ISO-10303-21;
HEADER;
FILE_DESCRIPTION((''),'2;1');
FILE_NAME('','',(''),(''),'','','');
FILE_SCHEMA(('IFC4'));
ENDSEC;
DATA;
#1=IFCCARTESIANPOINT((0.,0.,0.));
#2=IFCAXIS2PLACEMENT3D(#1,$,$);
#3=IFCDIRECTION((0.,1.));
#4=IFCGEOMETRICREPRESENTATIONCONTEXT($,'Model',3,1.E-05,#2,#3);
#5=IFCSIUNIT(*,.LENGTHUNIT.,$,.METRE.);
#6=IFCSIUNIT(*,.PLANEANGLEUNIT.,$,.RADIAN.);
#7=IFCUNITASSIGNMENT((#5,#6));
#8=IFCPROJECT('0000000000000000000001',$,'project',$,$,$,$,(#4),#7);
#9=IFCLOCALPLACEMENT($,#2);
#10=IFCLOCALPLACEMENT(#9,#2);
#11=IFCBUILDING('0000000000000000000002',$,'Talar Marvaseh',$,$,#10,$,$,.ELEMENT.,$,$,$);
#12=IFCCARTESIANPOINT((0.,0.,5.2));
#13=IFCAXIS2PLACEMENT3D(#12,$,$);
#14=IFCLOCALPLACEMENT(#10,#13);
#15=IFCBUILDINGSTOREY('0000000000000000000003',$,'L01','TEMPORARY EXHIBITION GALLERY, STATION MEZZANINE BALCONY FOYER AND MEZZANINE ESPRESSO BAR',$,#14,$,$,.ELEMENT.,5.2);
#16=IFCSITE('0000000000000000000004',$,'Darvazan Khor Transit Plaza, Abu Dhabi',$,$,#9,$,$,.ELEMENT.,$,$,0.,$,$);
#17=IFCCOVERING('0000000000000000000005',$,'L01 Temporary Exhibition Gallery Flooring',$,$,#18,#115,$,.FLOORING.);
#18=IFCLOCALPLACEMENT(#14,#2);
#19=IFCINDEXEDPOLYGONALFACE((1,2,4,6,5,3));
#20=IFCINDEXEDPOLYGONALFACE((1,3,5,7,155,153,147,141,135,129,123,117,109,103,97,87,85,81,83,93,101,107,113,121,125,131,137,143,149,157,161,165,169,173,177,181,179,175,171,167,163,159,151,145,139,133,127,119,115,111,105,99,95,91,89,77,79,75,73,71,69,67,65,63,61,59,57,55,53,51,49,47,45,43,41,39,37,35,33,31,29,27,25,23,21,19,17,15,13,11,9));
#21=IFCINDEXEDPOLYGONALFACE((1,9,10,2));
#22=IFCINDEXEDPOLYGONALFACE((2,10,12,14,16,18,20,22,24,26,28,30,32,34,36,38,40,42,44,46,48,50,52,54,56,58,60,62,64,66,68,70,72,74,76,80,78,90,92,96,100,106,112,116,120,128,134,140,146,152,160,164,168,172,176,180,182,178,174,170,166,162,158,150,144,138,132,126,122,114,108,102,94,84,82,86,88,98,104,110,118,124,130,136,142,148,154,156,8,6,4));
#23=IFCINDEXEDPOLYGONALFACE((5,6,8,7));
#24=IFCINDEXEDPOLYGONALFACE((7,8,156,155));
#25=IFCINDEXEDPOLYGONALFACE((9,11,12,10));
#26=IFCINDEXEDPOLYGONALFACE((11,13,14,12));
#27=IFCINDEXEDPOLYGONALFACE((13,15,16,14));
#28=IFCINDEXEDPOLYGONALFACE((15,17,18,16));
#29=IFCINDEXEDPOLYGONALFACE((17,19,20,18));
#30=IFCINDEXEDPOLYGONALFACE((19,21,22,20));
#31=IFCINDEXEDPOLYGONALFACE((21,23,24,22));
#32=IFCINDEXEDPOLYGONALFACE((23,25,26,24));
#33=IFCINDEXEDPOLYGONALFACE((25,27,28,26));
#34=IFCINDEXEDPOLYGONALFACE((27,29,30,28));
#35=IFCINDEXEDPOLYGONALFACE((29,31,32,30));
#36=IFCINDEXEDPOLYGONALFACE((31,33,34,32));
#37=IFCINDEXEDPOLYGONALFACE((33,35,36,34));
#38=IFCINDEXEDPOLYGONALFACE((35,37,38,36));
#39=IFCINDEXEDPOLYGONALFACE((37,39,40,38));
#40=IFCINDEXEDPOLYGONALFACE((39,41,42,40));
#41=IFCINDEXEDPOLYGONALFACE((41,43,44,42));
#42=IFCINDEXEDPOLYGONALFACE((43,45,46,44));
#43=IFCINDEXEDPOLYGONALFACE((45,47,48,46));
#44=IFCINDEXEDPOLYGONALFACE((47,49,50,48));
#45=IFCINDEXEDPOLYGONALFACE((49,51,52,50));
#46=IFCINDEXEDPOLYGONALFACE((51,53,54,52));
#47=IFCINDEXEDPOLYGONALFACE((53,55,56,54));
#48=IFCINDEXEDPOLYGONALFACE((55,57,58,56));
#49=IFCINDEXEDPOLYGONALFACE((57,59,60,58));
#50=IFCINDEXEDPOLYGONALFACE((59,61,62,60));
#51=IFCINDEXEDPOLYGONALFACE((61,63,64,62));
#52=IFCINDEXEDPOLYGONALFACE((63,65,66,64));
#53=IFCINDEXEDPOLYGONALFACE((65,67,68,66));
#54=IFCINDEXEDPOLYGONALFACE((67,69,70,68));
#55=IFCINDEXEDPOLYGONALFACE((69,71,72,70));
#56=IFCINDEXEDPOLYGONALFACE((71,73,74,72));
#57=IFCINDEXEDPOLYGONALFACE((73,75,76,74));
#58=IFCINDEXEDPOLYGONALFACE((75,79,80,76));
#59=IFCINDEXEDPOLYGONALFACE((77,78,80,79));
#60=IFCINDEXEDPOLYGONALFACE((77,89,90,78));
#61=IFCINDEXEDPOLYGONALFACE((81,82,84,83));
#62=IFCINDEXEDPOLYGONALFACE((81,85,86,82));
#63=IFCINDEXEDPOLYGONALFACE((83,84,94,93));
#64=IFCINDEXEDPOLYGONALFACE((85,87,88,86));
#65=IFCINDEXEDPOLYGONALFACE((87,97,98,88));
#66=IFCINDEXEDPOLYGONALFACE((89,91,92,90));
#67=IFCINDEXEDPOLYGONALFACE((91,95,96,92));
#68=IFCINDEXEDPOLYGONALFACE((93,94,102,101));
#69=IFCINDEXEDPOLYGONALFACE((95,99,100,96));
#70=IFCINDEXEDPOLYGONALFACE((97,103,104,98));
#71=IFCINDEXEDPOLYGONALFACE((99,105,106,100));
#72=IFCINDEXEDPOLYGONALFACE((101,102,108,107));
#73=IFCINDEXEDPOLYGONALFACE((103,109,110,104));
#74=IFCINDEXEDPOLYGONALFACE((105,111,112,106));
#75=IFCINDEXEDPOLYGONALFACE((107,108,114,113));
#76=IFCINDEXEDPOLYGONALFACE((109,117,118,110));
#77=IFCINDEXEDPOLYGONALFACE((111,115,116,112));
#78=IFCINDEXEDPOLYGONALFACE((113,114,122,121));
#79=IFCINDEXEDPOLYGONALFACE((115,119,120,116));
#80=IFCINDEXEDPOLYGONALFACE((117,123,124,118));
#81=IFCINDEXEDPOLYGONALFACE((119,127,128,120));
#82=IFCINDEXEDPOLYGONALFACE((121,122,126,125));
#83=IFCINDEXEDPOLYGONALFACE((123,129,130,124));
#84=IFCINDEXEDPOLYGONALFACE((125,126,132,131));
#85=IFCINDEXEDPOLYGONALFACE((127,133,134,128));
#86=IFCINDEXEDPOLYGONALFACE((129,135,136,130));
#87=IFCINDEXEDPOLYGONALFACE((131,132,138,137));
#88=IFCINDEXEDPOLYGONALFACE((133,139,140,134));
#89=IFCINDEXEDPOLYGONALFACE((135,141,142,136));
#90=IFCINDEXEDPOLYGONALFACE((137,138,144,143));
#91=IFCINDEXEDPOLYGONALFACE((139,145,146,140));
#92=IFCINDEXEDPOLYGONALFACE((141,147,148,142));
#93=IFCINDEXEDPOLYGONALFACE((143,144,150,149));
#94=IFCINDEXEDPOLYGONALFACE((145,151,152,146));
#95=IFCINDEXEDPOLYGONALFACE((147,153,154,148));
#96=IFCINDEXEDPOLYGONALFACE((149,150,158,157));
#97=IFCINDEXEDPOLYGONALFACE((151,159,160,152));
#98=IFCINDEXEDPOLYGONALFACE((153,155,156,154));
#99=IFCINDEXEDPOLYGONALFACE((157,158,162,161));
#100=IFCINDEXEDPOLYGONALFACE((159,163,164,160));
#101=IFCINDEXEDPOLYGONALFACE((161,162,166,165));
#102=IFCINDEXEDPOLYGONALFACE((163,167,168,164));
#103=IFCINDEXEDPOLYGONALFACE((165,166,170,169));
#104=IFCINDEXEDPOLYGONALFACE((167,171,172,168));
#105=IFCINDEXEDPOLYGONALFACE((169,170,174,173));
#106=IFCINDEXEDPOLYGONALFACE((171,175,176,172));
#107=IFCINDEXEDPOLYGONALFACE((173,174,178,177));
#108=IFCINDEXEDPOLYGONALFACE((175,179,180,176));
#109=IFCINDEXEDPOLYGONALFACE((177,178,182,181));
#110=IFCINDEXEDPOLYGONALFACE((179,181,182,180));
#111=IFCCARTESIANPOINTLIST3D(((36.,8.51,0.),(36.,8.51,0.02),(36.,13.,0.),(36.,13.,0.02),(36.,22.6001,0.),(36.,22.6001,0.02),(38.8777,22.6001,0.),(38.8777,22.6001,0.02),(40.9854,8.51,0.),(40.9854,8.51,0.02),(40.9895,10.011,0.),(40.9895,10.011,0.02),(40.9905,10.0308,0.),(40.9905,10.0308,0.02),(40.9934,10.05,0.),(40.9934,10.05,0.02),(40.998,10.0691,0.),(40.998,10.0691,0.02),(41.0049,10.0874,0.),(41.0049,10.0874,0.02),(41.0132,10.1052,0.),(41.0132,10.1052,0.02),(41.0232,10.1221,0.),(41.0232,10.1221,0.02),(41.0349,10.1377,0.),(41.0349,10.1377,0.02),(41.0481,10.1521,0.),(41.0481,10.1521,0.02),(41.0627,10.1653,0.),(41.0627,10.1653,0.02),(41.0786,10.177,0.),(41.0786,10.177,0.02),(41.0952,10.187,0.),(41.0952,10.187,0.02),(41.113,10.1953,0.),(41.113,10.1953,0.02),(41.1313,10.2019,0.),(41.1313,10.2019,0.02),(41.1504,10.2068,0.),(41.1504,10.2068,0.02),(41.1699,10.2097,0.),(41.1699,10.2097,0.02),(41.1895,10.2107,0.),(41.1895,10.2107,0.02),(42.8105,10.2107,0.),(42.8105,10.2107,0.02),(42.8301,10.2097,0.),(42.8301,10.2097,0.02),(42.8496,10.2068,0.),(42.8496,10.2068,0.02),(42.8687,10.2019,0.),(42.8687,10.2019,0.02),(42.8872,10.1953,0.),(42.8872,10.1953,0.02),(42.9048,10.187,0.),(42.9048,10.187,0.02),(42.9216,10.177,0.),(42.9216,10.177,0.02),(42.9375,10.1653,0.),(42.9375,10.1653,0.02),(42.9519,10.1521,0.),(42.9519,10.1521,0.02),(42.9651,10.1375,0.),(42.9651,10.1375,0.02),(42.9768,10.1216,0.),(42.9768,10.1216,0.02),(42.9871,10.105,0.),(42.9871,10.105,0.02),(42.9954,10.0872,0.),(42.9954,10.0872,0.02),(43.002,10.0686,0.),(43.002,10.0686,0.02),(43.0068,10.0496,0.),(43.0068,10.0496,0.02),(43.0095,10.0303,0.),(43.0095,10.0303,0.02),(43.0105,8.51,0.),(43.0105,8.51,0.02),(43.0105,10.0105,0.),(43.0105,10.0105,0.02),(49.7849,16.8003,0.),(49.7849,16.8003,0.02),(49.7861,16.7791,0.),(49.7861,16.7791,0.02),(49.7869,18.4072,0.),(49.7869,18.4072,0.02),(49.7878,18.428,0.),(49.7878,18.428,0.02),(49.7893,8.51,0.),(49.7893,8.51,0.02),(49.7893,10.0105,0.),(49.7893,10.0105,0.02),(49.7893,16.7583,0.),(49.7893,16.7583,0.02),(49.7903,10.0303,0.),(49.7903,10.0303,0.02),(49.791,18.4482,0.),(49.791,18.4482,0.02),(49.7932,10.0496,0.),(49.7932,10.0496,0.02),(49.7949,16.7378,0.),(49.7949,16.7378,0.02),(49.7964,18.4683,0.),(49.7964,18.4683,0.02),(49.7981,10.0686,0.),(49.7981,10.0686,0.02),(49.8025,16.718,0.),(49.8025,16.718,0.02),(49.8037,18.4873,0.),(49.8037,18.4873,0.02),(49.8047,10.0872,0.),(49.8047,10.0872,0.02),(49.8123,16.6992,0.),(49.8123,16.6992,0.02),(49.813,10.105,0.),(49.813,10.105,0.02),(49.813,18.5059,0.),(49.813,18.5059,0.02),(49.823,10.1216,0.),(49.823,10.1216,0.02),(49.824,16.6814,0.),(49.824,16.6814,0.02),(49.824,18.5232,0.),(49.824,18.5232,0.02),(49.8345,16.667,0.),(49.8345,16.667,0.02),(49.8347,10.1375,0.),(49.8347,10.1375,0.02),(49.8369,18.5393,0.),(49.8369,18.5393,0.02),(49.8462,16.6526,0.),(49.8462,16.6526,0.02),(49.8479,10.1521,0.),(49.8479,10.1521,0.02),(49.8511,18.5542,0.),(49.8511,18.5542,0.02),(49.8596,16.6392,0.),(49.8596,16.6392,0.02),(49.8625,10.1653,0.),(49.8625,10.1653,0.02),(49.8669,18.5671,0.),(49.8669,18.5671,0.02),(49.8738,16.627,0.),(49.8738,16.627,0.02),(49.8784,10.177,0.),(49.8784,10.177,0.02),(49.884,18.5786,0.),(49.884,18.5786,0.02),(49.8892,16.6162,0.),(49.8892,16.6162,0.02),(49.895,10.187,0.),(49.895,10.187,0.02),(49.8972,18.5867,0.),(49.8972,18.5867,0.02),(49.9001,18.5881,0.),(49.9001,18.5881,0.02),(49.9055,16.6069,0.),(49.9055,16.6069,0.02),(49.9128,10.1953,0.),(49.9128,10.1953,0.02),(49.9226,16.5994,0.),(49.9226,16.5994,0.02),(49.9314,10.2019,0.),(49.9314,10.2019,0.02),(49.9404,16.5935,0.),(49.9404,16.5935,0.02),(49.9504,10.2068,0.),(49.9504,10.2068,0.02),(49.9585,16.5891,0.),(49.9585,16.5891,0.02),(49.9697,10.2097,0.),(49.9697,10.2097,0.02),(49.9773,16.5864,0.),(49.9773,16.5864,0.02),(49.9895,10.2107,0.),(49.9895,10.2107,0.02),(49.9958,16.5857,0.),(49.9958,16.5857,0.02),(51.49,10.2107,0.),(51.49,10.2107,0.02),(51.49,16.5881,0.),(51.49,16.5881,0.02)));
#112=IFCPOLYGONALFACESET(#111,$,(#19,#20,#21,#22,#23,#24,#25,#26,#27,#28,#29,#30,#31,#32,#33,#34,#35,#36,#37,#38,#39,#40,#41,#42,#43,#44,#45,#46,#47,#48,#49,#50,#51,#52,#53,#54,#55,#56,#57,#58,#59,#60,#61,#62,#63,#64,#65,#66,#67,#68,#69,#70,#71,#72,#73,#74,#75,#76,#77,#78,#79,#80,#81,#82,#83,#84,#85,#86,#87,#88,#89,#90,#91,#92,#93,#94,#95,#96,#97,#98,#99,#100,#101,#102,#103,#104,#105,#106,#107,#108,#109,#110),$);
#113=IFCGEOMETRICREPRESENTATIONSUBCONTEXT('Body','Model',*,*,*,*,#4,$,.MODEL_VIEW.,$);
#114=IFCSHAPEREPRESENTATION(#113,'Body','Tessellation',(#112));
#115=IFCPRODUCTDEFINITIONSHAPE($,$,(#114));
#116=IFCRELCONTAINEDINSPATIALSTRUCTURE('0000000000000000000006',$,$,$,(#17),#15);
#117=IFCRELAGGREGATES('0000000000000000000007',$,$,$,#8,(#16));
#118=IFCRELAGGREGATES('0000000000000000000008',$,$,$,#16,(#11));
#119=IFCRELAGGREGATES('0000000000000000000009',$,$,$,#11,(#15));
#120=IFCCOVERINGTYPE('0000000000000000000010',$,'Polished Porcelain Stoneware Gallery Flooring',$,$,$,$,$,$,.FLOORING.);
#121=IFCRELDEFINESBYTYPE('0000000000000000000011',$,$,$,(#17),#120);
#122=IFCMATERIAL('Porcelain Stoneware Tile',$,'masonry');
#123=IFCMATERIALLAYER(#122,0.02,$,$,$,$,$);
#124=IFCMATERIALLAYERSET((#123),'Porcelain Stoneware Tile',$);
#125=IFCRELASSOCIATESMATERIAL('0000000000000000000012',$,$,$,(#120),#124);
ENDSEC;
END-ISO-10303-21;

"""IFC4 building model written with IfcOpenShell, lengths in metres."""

from ifc_helpers import new_model, si_unit, direction, frame, origin, place, context, subcontext, project, spatial, polyline, outline, extrude, material, layer, layer_set, type_object, element, save


model = new_model("IFC4")

# Units and contexts
model_context = context("Model", 3, precision=1e-05, world=origin(), true_north=direction((0.0, 1.0)))
body_context = subcontext(model_context, "Body", "Model", "MODEL_VIEW")
ifc_project = project(units=[si_unit("LENGTHUNIT", "METRE"), si_unit("PLANEANGLEUNIT", "RADIAN")], contexts=[model_context])

# Site, building, storey
site_placement = place(None, origin())
site = spatial("IfcSite", under=ifc_project, at=site_placement, Name="Darvazan Khor Transit Plaza, Abu Dhabi", CompositionType="ELEMENT", RefElevation=0.0)
building_placement = place(site_placement, origin())
building = spatial("IfcBuilding", under=site, at=building_placement, Name="Talar Marvaseh", CompositionType="ELEMENT")
storey_placement = place(building_placement, frame((0.0, 0.0, 5.2)))
storey = spatial("IfcBuildingStorey", under=building, at=storey_placement, Name="L01", Description="TEMPORARY EXHIBITION GALLERY, STATION MEZZANINE BALCONY FOYER AND MEZZANINE ESPRESSO BAR", CompositionType="ELEMENT", Elevation=5.2)

# Covering
ifc_material_1 = material(Name="Porcelain Stoneware Tile", Category="masonry")
ifc_layer_1 = layer(ifc_material_1, 0.02)
ifc_layer_set_1 = layer_set([ifc_layer_1], Name="Porcelain Stoneware Tile")
covering_type_1 = type_object("IfcCoveringType", Name="Polished Porcelain Stoneware Gallery Flooring", PredefinedType="FLOORING", material=ifc_layer_set_1)
covering_1_placement = place(storey_placement, origin())
element("IfcCovering", 1, at=covering_1_placement, inside=storey, type_object=covering_type_1, Name="L01 Temporary Exhibition Gallery Flooring", PredefinedType="FLOORING", context=body_context, shape_type="SweptSolid", body=[
    extrude(outline(polyline([(38.8777, 22.6001), (49.9001, 18.5881), (49.8972, 18.5867), (49.884, 18.5786), (49.8669, 18.5671), (49.8511, 18.5542), (49.8369, 18.5393), (49.824, 18.5232), (49.813, 18.5059), (49.8037, 18.4873), (49.7964, 18.4683), (49.791, 18.4482), (49.7878, 18.428), (49.7869, 18.4072), (49.7849, 16.8003), (49.7861, 16.7791), (49.7893, 16.7583), (49.7949, 16.7378), (49.8025, 16.718), (49.8123, 16.6992), (49.824, 16.6814), (49.8345, 16.667), (49.8462, 16.6526), (49.8596, 16.6392), (49.8738, 16.627), (49.8892, 16.6162), (49.9055, 16.6069), (49.9226, 16.5994), (49.9404, 16.5935), (49.9585, 16.5891), (49.9773, 16.5864), (49.9958, 16.5857), (51.49, 16.5881), (51.49, 10.2107), (49.9895, 10.2107), (49.9697, 10.2097), (49.9504, 10.2068), (49.9314, 10.2019), (49.9128, 10.1953), (49.895, 10.187), (49.8784, 10.177), (49.8625, 10.1653), (49.8479, 10.1521), (49.8347, 10.1375), (49.823, 10.1216), (49.813, 10.105), (49.8047, 10.0872), (49.7981, 10.0686), (49.7932, 10.0496), (49.7903, 10.0303), (49.7893, 10.0105), (49.7893, 8.51), (43.0105, 8.51), (43.0105, 10.0105), (43.0095, 10.0303), (43.0068, 10.0496), (43.002, 10.0686), (42.9954, 10.0872), (42.9871, 10.105), (42.9768, 10.1216), (42.9651, 10.1375), (42.9519, 10.1521), (42.9375, 10.1653), (42.9216, 10.177), (42.9048, 10.187), (42.8872, 10.1953), (42.8687, 10.2019), (42.8496, 10.2068), (42.8301, 10.2097), (42.8105, 10.2107), (41.1895, 10.2107), (41.1699, 10.2097), (41.1504, 10.2068), (41.1313, 10.2019), (41.113, 10.1953), (41.0952, 10.187), (41.0786, 10.177), (41.0627, 10.1653), (41.0481, 10.1521), (41.0349, 10.1377), (41.0232, 10.1221), (41.0132, 10.1052), (41.0049, 10.0874), (40.998, 10.0691), (40.9934, 10.05), (40.9905, 10.0308), (40.9895, 10.011), (40.9854, 8.51), (36.0, 8.51), (36.0, 13.0), (36.0, 22.6001), (38.8777, 22.6001)])), origin(), (0.0, 0.0, 1.0), 0.02),
])

save(model, "model.ifc")
